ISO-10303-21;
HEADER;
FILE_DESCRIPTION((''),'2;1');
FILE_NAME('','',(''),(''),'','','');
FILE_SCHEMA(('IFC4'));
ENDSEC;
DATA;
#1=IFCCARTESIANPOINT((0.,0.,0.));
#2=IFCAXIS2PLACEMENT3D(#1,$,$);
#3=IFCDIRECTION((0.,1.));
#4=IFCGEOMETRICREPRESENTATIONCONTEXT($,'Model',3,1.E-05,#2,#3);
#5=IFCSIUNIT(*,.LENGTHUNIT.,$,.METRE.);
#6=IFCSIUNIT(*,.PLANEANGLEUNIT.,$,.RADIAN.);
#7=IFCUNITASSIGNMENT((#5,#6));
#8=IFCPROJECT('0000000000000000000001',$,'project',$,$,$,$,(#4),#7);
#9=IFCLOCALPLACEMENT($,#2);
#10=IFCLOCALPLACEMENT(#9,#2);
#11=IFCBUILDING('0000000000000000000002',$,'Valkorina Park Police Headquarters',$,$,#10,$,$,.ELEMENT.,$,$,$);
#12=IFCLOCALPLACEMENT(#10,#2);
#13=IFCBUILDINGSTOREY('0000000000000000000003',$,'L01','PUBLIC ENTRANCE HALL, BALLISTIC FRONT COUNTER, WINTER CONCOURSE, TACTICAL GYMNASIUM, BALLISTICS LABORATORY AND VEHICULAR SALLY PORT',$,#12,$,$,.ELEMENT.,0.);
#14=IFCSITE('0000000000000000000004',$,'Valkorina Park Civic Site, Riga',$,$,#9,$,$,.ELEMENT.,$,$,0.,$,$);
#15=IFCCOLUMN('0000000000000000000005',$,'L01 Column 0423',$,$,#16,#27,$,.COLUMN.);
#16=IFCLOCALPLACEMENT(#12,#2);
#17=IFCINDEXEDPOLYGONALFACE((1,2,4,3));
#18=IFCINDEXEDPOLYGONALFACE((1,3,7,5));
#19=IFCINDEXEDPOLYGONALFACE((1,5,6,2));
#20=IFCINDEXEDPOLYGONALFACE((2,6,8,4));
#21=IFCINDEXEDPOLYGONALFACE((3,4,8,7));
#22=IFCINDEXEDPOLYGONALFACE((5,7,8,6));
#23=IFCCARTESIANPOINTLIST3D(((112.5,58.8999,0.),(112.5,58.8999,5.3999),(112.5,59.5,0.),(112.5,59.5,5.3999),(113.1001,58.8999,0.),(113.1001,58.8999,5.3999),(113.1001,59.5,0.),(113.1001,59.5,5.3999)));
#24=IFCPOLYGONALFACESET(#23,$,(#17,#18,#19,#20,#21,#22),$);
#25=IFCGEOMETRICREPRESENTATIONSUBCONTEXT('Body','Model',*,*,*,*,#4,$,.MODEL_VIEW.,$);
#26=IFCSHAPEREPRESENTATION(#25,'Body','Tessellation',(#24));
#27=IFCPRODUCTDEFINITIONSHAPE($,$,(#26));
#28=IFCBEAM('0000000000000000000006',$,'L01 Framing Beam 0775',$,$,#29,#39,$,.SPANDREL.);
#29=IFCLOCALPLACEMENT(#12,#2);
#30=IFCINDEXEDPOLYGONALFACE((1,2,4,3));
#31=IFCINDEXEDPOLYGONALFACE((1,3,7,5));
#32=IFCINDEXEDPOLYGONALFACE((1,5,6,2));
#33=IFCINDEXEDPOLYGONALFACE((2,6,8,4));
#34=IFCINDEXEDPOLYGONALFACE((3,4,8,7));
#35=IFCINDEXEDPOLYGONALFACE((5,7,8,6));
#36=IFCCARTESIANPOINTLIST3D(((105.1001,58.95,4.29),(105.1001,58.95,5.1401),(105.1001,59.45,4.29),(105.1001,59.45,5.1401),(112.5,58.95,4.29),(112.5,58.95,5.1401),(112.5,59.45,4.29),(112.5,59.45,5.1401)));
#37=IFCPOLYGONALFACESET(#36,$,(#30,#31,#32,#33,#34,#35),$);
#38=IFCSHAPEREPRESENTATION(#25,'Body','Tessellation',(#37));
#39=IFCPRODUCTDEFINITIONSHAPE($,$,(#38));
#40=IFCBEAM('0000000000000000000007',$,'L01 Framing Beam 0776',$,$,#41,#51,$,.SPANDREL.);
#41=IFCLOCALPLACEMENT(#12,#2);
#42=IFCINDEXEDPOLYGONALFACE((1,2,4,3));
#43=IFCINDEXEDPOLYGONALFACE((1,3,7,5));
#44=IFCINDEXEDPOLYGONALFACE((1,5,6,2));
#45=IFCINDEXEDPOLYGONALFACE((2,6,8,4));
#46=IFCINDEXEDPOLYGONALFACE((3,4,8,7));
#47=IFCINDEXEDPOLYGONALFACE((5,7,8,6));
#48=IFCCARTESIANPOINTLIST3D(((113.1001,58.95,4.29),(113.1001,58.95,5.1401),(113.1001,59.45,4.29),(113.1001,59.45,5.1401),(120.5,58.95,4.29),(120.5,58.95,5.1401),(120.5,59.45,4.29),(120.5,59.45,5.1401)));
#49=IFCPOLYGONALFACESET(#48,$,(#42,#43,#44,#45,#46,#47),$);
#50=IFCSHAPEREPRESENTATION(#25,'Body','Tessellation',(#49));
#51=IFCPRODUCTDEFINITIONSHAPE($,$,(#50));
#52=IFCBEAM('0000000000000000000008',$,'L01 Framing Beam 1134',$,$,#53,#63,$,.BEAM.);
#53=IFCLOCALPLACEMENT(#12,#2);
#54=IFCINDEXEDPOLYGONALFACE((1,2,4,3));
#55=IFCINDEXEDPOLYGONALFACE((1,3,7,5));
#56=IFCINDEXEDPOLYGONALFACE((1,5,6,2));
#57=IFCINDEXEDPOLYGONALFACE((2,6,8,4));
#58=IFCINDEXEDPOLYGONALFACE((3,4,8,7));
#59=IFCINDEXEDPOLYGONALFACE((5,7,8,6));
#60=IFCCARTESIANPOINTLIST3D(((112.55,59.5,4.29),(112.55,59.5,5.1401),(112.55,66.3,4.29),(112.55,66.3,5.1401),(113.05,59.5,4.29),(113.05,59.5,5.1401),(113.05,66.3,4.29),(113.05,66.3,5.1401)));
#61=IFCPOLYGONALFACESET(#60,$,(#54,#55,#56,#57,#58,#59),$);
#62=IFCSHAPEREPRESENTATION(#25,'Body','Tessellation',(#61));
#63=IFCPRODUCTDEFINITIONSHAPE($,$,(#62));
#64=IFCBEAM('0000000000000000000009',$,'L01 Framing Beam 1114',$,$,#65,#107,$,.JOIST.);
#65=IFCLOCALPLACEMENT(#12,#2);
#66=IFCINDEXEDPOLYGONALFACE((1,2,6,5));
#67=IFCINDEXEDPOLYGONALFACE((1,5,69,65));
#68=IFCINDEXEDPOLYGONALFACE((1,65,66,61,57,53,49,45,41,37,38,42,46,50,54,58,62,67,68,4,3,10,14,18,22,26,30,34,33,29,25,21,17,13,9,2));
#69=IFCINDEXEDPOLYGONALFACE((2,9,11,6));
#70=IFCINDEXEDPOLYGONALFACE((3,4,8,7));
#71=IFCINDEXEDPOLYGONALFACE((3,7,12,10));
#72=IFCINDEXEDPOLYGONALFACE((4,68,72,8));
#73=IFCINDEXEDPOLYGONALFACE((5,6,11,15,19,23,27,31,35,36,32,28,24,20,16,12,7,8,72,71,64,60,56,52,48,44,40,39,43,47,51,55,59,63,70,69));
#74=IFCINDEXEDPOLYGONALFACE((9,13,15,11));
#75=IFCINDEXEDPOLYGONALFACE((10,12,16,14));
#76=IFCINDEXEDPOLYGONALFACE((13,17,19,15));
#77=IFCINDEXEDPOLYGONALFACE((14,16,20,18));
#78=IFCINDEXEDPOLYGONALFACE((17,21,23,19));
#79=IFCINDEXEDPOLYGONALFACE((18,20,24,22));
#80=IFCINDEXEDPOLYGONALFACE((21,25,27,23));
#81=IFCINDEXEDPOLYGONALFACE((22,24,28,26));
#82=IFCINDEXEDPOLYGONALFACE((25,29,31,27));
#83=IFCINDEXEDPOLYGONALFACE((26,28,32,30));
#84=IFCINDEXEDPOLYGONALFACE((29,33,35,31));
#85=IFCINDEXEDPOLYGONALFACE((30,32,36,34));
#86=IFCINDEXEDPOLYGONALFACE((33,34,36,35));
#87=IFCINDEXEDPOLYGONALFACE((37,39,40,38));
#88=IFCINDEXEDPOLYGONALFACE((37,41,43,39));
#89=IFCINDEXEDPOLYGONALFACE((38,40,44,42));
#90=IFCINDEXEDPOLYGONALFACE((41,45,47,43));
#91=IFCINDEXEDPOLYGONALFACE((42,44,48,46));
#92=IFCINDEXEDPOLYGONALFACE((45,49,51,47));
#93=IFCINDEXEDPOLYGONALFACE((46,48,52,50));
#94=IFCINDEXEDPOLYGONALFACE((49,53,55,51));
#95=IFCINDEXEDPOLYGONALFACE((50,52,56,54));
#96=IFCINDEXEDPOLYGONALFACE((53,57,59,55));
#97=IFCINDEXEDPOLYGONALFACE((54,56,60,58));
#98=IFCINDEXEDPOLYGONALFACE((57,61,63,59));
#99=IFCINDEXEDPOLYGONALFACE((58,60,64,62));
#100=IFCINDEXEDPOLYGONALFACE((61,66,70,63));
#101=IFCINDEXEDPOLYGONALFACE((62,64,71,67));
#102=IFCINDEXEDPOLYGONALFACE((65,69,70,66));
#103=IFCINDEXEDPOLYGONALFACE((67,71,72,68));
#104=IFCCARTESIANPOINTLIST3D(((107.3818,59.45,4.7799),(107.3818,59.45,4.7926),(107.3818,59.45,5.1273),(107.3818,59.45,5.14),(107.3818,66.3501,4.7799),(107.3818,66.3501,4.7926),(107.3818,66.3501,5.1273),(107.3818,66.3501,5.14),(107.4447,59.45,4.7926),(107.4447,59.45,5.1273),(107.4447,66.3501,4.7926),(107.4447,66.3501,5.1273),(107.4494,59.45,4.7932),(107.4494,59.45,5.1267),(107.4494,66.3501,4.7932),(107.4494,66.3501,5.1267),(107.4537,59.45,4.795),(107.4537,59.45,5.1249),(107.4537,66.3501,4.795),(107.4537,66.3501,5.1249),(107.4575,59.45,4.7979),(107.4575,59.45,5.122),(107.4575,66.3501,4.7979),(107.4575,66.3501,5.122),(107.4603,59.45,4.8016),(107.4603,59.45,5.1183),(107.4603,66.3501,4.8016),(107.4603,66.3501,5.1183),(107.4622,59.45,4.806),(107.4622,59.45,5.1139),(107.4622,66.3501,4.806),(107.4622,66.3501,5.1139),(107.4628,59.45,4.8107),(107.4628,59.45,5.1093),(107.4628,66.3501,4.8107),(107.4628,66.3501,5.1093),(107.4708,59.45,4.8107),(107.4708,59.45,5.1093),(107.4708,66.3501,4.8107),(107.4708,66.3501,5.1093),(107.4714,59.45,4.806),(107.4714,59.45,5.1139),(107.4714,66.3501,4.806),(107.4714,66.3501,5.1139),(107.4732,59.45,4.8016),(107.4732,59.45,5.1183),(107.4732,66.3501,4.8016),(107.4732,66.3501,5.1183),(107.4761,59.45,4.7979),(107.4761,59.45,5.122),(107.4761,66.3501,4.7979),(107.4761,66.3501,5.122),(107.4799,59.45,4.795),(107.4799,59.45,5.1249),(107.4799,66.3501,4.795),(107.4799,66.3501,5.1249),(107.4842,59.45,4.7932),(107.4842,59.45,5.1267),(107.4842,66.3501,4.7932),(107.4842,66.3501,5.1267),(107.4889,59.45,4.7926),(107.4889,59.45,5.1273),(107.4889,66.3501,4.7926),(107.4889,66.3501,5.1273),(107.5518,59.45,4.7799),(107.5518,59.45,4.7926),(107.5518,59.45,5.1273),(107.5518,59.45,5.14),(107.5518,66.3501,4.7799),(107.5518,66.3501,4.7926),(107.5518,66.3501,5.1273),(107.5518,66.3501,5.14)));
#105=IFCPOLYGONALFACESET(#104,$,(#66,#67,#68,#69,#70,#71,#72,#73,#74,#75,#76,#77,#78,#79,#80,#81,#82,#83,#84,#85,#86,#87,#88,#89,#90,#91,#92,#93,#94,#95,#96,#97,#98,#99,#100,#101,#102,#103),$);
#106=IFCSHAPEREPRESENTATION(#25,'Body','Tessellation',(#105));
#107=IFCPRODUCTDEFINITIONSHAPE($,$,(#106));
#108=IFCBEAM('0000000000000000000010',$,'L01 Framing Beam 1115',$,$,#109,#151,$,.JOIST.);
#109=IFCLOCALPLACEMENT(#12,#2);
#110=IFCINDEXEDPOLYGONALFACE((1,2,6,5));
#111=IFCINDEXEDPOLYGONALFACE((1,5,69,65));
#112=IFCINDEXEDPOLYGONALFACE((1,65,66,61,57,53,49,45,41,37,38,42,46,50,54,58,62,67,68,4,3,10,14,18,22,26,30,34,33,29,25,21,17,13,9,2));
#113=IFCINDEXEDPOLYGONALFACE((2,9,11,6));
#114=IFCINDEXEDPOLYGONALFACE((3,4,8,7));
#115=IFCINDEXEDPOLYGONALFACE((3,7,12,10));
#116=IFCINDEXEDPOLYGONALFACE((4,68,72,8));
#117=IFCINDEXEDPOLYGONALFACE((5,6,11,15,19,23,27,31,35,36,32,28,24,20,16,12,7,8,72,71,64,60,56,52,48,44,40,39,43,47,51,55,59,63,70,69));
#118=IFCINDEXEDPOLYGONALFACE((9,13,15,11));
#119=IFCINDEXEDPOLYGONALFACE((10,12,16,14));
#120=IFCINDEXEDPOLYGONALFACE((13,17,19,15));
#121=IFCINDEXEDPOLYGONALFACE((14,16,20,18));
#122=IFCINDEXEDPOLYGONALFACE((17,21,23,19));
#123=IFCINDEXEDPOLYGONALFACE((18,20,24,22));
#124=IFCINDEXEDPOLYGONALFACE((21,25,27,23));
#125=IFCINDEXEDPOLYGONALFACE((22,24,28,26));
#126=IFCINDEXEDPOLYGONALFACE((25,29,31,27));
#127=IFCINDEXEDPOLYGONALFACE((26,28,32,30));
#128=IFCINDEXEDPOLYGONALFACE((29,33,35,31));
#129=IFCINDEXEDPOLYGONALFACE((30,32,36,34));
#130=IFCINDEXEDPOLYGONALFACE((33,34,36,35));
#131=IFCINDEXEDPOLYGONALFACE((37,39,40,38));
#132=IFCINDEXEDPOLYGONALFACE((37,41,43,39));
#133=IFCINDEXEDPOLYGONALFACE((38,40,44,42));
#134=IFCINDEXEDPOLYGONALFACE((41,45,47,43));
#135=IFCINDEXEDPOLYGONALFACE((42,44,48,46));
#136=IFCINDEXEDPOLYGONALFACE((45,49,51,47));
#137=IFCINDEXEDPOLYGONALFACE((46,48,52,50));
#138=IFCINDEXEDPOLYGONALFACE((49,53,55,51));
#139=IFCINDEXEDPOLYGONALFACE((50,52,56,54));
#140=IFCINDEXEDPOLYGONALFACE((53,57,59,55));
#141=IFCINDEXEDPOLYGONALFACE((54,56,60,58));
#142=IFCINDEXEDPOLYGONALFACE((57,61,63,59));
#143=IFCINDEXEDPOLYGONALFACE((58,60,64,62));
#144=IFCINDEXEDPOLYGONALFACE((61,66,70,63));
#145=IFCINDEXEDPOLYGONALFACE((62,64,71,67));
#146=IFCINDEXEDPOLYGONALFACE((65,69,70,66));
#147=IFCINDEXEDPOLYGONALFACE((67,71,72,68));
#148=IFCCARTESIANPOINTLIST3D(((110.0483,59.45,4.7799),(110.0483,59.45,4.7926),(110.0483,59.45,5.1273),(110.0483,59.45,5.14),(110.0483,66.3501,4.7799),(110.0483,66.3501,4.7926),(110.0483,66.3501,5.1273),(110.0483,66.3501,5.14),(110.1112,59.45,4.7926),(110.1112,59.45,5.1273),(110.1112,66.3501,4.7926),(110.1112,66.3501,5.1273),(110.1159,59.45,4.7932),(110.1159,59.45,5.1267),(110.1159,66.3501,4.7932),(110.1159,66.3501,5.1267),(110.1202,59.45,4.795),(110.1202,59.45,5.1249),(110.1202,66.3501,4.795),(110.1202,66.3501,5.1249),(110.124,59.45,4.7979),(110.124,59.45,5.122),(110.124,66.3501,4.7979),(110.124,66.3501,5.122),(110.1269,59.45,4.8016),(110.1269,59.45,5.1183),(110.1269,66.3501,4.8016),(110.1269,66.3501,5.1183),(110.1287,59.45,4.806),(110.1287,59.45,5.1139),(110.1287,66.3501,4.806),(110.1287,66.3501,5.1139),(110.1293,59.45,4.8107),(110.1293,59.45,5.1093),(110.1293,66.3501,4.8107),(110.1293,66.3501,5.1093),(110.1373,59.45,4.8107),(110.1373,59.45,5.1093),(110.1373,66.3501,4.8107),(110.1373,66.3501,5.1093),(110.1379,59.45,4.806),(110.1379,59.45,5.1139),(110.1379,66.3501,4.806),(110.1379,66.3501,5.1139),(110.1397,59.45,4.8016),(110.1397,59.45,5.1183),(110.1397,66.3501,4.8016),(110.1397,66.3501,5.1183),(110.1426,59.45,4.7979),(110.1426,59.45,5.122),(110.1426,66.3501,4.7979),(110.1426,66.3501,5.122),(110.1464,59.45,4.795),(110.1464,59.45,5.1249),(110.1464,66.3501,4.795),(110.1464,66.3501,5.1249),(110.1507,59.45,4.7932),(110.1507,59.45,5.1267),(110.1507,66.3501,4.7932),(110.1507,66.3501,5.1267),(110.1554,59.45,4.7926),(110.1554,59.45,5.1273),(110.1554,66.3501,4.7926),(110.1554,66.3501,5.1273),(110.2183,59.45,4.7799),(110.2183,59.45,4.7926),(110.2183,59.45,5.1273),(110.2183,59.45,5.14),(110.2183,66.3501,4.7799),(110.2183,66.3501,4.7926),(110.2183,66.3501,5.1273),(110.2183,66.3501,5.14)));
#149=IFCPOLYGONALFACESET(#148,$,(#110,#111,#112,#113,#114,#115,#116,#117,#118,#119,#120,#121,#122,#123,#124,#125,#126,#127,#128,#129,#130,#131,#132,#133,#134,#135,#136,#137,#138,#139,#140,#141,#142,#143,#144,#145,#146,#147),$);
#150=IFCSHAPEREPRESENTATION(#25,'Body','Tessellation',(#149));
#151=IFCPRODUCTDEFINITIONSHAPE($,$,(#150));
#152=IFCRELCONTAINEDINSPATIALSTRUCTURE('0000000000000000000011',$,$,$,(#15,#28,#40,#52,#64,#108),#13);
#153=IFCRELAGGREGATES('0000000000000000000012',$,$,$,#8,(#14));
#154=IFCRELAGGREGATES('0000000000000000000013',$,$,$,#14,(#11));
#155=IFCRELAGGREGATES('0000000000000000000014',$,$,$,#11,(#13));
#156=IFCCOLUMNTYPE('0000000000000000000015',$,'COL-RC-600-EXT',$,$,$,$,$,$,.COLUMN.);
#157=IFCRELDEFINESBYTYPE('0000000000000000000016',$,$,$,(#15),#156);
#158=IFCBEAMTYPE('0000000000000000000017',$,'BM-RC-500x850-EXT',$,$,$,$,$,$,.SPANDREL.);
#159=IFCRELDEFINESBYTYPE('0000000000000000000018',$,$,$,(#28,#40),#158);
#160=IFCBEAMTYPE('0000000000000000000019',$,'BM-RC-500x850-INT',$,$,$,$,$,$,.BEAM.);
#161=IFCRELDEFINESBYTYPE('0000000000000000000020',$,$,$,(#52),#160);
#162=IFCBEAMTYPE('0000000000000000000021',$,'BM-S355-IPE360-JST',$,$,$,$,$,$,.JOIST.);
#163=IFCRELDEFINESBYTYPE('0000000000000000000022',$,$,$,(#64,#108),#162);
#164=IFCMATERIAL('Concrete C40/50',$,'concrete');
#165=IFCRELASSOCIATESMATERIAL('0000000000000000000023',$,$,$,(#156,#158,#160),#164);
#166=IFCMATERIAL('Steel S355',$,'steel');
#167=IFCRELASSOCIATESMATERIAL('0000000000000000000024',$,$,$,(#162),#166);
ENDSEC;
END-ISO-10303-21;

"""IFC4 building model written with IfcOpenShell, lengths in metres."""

from ifc_helpers import new_model, si_unit, direction, frame, origin, origin_2d, place, context, subcontext, project, spatial, rectangle, i_section, extrude, material, material_profile, profile_set, type_object, element, save


model = new_model("IFC4")

# Units and contexts
model_context = context("Model", 3, precision=1e-05, world=origin(), true_north=direction((0.0, 1.0)))
body_context = subcontext(model_context, "Body", "Model", "MODEL_VIEW")
ifc_project = project(units=[si_unit("LENGTHUNIT", "METRE"), si_unit("PLANEANGLEUNIT", "RADIAN")], contexts=[model_context])

# Site, building, storey
site_placement = place(None, origin())
site = spatial("IfcSite", under=ifc_project, at=site_placement, Name="Valkorina Park Civic Site, Riga", CompositionType="ELEMENT", RefElevation=0.0)
building_placement = place(site_placement, origin())
building = spatial("IfcBuilding", under=site, at=building_placement, Name="Valkorina Park Police Headquarters", CompositionType="ELEMENT")
storey_placement = place(building_placement, origin())
storey = spatial("IfcBuildingStorey", under=building, at=storey_placement, Name="L01", Description="PUBLIC ENTRANCE HALL, BALLISTIC FRONT COUNTER, WINTER CONCOURSE, TACTICAL GYMNASIUM, BALLISTICS LABORATORY AND VEHICULAR SALLY PORT", CompositionType="ELEMENT", Elevation=0.0)

# Column
ifc_material_1 = material(Name="Concrete C40/50", Category="concrete")
ifc_material_profile_1 = material_profile(ifc_material_1, rectangle(XDim=0.6001, YDim=0.6001, at=origin_2d()), Name="RC COL 600x600")
ifc_profile_set_1 = profile_set([ifc_material_profile_1], Name="Concrete C40/50")
column_type = type_object("IfcColumnType", Name="COL-RC-600-EXT", PredefinedType="COLUMN", material=ifc_profile_set_1)
column_placement = place(storey_placement, frame((112.8, 59.2, 0.0), z_axis=(0.0, 0.0, 1.0), x_axis=(1.0, 0.0, 0.0)))
element("IfcColumn", 1, at=column_placement, inside=storey, type_object=column_type, Name="L01 Column 0423", PredefinedType="COLUMN", context=body_context, shape_type="SweptSolid", body=[
    extrude(rectangle(XDim=0.6001, YDim=0.6001, at=origin_2d()), origin(), (0.0, 0.0, 1.0), 5.3999),
])

# Beams
ifc_material_profile_2 = material_profile(ifc_material_1, rectangle(XDim=0.5, YDim=0.8501, at=origin_2d()), Name="RC BEAM 500x850")
ifc_profile_set_2 = profile_set([ifc_material_profile_2], Name="Concrete C40/50")
beam_type_1 = type_object("IfcBeamType", Name="BM-RC-500x850-EXT", PredefinedType="SPANDREL", material=ifc_profile_set_2)
for number, where, z_axis, x_axis, name in (
    (2, (105.1001, 59.2, 4.7151), (1.0, 0.0, 0.0), (0.0, 1.0, 0.0), "L01 Framing Beam 0775"),
    (3, (113.1001, 59.2, 4.7151), (1.0, 0.0, 0.0), (0.0, 1.0, 0.0), "L01 Framing Beam 0776"),
):
    element("IfcBeam", number, at=place(storey_placement, frame(where, z_axis=z_axis, x_axis=x_axis)), inside=storey, type_object=beam_type_1, Name=name, PredefinedType="SPANDREL", context=body_context, shape_type="SweptSolid", body=[
        extrude(rectangle(XDim=0.5, YDim=0.8501, at=origin_2d()), origin(), (0.0, 0.0, 1.0), 7.3999),
    ])
ifc_material_profile_3 = material_profile(ifc_material_1, rectangle(XDim=0.5, YDim=0.8501, at=origin_2d()), Name="RC BEAM 500x850")
ifc_profile_set_3 = profile_set([ifc_material_profile_3], Name="Concrete C40/50")
beam_type_2 = type_object("IfcBeamType", Name="BM-RC-500x850-INT", PredefinedType="BEAM", material=ifc_profile_set_3)
beam_placement = place(storey_placement, frame((112.8, 59.5, 4.7151), z_axis=(0.0, 1.0, 0.0), x_axis=(-1.0, 0.0, 0.0)))
element("IfcBeam", 4, at=beam_placement, inside=storey, type_object=beam_type_2, Name="L01 Framing Beam 1134", PredefinedType="BEAM", context=body_context, shape_type="SweptSolid", body=[
    extrude(rectangle(XDim=0.5, YDim=0.8501, at=origin_2d()), origin(), (0.0, 0.0, 1.0), 6.8),
])
ifc_material_2 = material(Name="Steel S355", Category="steel")
ifc_material_profile_4 = material_profile(ifc_material_2, i_section(OverallWidth=0.1699, OverallDepth=0.3601, WebThickness=0.0081, FlangeThickness=0.0127, FilletRadius=0.0181, at=origin_2d()), Name="IPE 360")
ifc_profile_set_4 = profile_set([ifc_material_profile_4], Name="Steel S355")
beam_type_3 = type_object("IfcBeamType", Name="BM-S355-IPE360-JST", PredefinedType="JOIST", material=ifc_profile_set_4)
for number, where, z_axis, x_axis, name in (
    (5, (107.4668, 59.45, 4.96), (0.0, 1.0, 0.0), (-1.0, 0.0, 0.0), "L01 Framing Beam 1114"),
    (6, (110.1333, 59.45, 4.96), (0.0, 1.0, 0.0), (-1.0, 0.0, 0.0), "L01 Framing Beam 1115"),
):
    element("IfcBeam", number, at=place(storey_placement, frame(where, z_axis=z_axis, x_axis=x_axis)), inside=storey, type_object=beam_type_3, Name=name, PredefinedType="JOIST", context=body_context, shape_type="SweptSolid", body=[
        extrude(i_section(OverallWidth=0.1699, OverallDepth=0.3601, WebThickness=0.0081, FlangeThickness=0.0127, FilletRadius=0.0181, at=origin_2d()), origin(), (0.0, 0.0, 1.0), 6.9001),
    ])

save(model, "model.ifc")
